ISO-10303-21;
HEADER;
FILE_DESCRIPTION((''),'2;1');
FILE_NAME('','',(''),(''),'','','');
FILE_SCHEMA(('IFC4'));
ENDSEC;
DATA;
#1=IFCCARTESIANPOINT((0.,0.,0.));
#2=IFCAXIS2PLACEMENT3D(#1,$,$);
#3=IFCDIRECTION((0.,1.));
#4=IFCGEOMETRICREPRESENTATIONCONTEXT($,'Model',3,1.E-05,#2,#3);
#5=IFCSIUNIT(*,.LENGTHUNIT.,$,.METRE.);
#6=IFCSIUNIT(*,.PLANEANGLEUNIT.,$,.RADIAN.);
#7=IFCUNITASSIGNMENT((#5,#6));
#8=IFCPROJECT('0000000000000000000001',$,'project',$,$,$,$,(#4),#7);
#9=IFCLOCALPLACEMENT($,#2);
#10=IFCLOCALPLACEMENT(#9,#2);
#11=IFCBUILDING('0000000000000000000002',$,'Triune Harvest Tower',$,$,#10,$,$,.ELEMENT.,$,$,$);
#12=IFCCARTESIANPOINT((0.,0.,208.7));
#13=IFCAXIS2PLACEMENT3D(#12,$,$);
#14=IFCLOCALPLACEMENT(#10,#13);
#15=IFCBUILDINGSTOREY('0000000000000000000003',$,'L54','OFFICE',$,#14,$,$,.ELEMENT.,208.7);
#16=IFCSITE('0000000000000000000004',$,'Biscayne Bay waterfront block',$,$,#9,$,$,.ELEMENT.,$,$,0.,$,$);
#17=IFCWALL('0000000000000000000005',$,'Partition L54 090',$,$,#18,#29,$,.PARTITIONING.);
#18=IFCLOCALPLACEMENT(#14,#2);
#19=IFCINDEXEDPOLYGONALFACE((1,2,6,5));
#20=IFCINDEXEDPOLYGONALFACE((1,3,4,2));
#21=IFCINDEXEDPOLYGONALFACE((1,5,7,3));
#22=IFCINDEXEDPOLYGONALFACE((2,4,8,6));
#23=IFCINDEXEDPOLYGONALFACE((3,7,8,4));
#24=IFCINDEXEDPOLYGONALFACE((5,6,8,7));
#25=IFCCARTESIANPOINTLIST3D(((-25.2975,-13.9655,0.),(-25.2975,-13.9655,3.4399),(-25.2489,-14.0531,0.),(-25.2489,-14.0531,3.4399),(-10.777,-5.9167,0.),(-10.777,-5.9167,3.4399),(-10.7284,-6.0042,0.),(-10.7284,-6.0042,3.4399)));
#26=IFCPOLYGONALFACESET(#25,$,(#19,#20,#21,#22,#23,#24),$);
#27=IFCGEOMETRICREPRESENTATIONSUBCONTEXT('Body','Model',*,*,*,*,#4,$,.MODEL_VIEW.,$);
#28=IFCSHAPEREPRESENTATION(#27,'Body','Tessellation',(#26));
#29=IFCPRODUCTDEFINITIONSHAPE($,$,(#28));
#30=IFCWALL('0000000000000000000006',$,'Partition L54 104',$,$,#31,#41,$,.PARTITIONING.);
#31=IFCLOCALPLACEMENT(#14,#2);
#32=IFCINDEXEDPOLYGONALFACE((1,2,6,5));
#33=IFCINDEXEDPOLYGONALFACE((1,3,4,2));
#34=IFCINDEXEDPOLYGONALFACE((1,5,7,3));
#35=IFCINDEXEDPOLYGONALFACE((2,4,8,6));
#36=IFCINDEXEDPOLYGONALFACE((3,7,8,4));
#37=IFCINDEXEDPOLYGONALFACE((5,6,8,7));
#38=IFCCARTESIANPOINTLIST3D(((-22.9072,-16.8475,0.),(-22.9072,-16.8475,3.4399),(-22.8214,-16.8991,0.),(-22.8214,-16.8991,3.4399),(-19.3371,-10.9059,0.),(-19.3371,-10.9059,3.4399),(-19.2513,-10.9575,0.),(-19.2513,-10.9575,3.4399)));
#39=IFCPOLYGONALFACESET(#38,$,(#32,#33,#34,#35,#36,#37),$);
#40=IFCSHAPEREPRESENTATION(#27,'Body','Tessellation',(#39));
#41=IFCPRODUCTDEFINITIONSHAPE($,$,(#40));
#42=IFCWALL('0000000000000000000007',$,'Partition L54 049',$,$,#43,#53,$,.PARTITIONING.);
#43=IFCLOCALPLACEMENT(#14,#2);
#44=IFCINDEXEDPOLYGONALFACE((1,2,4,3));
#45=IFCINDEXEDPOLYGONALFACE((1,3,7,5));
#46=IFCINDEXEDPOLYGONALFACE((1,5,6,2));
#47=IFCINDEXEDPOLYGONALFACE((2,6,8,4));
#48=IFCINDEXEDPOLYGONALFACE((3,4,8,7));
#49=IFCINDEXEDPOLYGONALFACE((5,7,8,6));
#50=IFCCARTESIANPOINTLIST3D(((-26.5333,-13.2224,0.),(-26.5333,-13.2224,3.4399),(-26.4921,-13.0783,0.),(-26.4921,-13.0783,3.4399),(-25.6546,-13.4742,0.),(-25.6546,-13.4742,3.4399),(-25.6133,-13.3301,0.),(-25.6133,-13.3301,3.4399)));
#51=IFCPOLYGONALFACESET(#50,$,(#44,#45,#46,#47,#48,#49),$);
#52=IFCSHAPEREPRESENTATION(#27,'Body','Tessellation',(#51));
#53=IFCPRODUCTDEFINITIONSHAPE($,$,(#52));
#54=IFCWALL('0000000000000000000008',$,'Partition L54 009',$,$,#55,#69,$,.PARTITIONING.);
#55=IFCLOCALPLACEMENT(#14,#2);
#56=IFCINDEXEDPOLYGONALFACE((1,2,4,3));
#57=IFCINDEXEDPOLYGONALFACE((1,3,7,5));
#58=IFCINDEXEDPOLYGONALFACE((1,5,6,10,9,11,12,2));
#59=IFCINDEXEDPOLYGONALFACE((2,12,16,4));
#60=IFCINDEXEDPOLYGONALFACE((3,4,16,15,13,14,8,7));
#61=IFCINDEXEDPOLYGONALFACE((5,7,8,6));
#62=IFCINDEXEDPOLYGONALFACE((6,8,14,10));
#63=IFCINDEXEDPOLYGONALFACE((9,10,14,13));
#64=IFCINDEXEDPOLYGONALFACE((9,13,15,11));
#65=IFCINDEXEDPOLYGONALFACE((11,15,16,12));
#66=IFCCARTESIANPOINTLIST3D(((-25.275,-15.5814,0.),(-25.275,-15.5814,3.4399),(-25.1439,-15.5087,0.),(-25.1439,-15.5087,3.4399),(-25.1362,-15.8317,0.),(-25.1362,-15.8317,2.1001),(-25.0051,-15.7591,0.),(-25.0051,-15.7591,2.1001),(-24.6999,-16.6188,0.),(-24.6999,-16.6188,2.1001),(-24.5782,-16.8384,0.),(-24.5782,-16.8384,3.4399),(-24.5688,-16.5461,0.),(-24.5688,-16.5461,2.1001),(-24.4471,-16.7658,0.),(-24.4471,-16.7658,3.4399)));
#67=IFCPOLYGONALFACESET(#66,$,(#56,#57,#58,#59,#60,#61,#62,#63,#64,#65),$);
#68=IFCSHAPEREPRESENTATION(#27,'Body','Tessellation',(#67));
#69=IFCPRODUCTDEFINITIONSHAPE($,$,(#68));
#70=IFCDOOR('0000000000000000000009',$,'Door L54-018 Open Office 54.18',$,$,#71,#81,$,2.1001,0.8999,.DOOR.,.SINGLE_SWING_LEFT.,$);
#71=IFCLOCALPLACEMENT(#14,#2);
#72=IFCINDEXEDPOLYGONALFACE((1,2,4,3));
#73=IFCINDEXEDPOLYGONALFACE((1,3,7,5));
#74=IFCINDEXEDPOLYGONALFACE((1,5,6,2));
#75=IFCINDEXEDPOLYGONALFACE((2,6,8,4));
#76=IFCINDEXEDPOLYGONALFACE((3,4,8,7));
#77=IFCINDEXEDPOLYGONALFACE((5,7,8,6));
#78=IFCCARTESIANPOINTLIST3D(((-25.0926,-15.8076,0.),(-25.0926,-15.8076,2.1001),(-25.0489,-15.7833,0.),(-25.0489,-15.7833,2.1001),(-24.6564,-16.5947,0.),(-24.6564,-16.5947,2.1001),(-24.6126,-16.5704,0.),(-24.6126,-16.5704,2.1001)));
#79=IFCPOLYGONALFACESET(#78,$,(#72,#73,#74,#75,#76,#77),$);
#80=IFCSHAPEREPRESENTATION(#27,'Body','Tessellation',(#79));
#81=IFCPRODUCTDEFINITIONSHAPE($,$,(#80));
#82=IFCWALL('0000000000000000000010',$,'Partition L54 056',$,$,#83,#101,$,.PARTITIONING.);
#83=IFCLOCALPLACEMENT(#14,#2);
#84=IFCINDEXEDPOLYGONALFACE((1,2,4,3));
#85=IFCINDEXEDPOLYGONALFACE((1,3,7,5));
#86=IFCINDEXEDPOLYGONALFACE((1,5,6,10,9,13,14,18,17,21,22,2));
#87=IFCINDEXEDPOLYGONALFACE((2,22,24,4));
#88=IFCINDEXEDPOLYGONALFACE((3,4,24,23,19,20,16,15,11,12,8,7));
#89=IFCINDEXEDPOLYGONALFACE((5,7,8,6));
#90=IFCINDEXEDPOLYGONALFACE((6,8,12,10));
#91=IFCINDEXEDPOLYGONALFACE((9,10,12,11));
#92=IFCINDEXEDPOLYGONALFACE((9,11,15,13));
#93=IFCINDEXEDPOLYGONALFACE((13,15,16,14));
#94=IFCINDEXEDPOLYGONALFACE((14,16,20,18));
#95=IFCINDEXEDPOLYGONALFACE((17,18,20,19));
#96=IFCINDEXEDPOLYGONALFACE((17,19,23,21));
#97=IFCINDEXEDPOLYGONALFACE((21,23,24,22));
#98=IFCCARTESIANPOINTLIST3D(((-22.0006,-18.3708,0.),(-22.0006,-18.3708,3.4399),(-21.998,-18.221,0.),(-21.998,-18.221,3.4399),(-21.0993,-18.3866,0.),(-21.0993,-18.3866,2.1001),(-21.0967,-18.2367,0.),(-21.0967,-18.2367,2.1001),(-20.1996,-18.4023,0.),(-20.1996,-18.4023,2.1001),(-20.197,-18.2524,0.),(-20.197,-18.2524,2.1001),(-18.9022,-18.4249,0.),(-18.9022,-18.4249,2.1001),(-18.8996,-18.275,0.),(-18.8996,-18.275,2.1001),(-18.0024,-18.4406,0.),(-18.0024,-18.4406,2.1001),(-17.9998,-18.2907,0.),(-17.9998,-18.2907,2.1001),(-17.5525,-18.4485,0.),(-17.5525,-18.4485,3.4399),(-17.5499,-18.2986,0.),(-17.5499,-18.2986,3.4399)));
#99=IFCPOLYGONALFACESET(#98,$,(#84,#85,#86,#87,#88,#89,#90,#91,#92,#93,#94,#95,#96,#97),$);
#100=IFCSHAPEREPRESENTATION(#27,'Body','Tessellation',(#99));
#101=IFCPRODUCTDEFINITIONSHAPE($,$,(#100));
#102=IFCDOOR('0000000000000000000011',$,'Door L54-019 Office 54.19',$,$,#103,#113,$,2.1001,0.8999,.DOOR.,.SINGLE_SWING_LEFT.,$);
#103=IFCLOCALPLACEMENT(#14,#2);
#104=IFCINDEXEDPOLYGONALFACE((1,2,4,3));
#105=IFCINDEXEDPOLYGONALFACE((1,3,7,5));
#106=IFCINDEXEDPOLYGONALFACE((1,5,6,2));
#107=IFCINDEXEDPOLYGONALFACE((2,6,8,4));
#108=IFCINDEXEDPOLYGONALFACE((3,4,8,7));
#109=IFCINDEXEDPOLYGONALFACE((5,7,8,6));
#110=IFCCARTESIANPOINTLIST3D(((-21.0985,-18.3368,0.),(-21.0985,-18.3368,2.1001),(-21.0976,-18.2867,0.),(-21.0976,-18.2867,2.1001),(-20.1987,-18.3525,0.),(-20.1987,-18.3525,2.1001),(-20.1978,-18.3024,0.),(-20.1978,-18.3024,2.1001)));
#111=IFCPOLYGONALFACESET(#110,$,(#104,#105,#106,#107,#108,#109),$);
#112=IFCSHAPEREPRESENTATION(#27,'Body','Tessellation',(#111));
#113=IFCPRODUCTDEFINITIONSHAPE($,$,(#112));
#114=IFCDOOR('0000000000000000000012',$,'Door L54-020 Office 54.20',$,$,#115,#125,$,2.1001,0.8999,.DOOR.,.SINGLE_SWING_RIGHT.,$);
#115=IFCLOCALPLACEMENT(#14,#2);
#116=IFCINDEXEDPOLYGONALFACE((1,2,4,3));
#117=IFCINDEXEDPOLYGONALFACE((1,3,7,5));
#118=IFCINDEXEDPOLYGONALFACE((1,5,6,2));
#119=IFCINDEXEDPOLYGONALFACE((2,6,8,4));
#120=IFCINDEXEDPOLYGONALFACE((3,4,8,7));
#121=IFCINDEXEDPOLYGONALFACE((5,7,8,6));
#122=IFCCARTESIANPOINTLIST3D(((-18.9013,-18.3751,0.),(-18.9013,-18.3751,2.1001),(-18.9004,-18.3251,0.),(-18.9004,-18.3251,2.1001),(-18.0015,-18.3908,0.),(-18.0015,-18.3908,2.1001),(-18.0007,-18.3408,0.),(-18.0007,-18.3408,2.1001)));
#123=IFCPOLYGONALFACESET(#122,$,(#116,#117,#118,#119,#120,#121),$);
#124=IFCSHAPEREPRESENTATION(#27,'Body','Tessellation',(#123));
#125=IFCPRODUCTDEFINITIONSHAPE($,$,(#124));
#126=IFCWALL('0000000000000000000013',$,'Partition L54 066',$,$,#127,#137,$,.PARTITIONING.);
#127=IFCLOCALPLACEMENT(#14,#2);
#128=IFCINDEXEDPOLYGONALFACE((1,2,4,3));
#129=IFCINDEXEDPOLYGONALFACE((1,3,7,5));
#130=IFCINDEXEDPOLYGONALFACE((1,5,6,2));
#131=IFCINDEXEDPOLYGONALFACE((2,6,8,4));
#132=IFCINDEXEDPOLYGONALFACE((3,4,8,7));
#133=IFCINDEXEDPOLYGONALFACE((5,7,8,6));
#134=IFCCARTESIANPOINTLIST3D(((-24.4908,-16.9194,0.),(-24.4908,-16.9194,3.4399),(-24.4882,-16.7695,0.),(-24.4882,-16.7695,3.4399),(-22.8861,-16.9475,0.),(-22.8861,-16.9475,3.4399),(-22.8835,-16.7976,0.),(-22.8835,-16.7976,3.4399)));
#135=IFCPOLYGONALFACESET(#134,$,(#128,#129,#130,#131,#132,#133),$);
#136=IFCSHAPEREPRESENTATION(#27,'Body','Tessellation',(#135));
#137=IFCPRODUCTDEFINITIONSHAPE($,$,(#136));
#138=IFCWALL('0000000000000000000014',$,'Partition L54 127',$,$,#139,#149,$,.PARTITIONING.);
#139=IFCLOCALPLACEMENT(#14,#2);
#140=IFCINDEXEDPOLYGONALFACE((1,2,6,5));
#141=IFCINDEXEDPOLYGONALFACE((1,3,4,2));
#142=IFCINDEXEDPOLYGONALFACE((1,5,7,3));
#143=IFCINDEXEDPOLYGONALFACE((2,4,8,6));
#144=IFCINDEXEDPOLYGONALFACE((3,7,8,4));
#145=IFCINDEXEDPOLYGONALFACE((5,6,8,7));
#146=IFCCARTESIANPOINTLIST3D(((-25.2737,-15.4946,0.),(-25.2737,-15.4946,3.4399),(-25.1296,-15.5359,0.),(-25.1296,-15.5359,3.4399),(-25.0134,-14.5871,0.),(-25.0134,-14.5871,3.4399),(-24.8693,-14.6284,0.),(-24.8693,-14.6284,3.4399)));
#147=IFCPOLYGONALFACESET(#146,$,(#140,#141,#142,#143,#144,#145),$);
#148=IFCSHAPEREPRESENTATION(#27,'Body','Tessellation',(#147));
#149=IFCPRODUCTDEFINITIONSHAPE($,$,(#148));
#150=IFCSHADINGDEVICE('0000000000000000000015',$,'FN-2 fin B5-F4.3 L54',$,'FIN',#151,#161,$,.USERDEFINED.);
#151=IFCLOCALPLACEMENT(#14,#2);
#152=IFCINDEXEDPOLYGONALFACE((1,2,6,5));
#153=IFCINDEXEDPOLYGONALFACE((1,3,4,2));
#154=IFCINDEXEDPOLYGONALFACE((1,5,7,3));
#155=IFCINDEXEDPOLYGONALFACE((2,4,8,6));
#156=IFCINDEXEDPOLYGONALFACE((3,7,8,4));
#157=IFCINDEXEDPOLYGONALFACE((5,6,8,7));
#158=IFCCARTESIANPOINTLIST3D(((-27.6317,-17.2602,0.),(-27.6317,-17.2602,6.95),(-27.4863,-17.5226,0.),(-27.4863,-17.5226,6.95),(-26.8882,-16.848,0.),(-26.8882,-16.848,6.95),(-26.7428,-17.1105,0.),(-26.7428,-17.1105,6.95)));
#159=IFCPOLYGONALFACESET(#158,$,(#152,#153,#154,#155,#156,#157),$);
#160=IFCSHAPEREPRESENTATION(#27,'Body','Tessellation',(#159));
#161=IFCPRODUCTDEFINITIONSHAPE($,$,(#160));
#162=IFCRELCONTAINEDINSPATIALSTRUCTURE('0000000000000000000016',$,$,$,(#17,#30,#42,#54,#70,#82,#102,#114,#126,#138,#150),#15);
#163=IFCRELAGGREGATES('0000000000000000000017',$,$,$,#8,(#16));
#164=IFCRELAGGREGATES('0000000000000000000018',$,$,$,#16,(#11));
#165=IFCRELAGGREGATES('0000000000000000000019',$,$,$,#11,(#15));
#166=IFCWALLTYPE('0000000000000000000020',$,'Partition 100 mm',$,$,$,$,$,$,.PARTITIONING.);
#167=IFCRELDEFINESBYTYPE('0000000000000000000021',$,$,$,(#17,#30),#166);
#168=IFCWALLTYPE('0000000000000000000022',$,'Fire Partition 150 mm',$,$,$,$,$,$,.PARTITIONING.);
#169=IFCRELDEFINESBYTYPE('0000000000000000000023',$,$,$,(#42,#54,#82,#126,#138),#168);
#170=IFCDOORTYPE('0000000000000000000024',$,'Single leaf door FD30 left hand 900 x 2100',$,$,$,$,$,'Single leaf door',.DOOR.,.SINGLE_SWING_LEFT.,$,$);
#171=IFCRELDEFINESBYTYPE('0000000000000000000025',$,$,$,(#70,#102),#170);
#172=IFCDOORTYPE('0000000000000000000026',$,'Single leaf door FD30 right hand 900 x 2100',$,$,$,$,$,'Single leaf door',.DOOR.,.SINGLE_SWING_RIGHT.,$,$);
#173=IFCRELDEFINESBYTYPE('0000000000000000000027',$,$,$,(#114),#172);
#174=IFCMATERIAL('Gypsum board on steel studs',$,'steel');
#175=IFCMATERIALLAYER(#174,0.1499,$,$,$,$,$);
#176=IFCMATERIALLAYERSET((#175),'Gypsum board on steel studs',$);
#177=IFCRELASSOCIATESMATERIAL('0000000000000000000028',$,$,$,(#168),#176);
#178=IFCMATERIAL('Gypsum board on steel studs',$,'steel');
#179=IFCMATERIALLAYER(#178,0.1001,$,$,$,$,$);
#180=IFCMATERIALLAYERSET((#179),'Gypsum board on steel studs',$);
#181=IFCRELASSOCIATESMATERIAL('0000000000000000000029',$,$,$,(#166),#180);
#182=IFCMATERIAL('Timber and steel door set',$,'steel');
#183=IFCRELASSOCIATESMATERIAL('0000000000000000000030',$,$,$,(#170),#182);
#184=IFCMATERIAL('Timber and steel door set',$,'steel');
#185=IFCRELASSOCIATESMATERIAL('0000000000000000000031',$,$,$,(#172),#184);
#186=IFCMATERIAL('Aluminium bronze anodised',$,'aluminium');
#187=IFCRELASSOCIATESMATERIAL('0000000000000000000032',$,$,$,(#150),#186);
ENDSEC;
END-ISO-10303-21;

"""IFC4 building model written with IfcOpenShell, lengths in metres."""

from ifc_helpers import new_model, si_unit, direction, frame, frame_2d, origin, origin_2d, place, context, subcontext, project, spatial, rectangle, extrude, source, transform, mapped, material, layer, layer_set, type_object, element, fill, save


model = new_model("IFC4")

# Units and contexts
model_context = context("Model", 3, precision=1e-05, world=origin(), true_north=direction((0.0, 1.0)))
body_context = subcontext(model_context, "Body", "Model", "MODEL_VIEW")
ifc_project = project(units=[si_unit("LENGTHUNIT", "METRE"), si_unit("PLANEANGLEUNIT", "RADIAN")], contexts=[model_context])

# Site, building, storey
site_placement = place(None, origin())
site = spatial("IfcSite", under=ifc_project, at=site_placement, Name="Biscayne Bay waterfront block", CompositionType="ELEMENT", RefElevation=0.0)
building_placement = place(site_placement, origin())
building = spatial("IfcBuilding", under=site, at=building_placement, Name="Triune Harvest Tower", CompositionType="ELEMENT")
storey_placement = place(building_placement, frame((0.0, 0.0, 208.7)))
storey = spatial("IfcBuildingStorey", under=building, at=storey_placement, Name="L54", Description="OFFICE", CompositionType="ELEMENT", Elevation=208.7)

# Walls
ifc_material_1 = material(Name="Gypsum board on steel studs", Category="steel")
ifc_layer_1 = layer(ifc_material_1, 0.1499)
ifc_layer_set_1 = layer_set([ifc_layer_1], Name="Gypsum board on steel studs")
wall_type_1 = type_object("IfcWallType", Name="Fire Partition 150 mm", PredefinedType="PARTITIONING", material=ifc_layer_set_1)
ifc_material_2 = material(Name="Gypsum board on steel studs", Category="steel")
ifc_layer_2 = layer(ifc_material_2, 0.1001)
ifc_layer_set_2 = layer_set([ifc_layer_2], Name="Gypsum board on steel studs")
wall_type_2 = type_object("IfcWallType", Name="Partition 100 mm", PredefinedType="PARTITIONING", material=ifc_layer_set_2)
wall_1_placement = place(storey_placement, frame((-25.2732, -14.0093, 0.0), z_axis=(0.0, 0.0, 1.0), x_axis=(0.87462, 0.484809, 0.0)))
element("IfcWall", 1, at=wall_1_placement, inside=storey, type_object=wall_type_2, Name="Partition L54 090", PredefinedType="PARTITIONING", context=body_context, shape_type="SweptSolid", body=[
    extrude(rectangle(XDim=16.6021, YDim=0.1001, at=frame_2d((8.301, 0.0))), origin(), (0.0, 0.0, 1.0), 3.4399),
])
wall_2_placement = place(storey_placement, frame((-22.8643, -16.8733, 0.0), z_axis=(0.0, 0.0, 1.0), x_axis=(0.515034, 0.85717, 0.0)))
element("IfcWall", 2, at=wall_2_placement, inside=storey, type_object=wall_type_2, Name="Partition L54 104", PredefinedType="PARTITIONING", context=body_context, shape_type="SweptSolid", body=[
    extrude(rectangle(XDim=6.9316, YDim=0.1001, at=frame_2d((3.4658, 0.0))), origin(), (0.0, 0.0, 1.0), 3.4399),
])
shared_shape_1 = source(origin(), body_context, "Body", "SweptSolid", [
    extrude(rectangle(XDim=0.9141, YDim=0.1499, at=frame_2d((0.457, 0.0))), origin(), (0.0, 0.0, 1.0), 3.4399),
])
wall_3_placement = place(storey_placement, frame((-26.5127, -13.1504, 0.0), z_axis=(0.0, 0.0, 1.0), x_axis=(0.961332, -0.275391, 0.0)))
element("IfcWall", 3, at=wall_3_placement, inside=storey, type_object=wall_type_1, Name="Partition L54 049", PredefinedType="PARTITIONING", context=body_context, shape_type="MappedRepresentation", body=[
    mapped(shared_shape_1, transform((0.0, 0.0, 0.0), scale=1.0)),
])

# Wall, opening, door
shared_shape_2 = source(origin(), body_context, "Body", "SweptSolid", [
    extrude(rectangle(XDim=1.4373, YDim=0.1499, at=frame_2d((0.7188, 0.0))), origin(), (0.0, 0.0, 1.0), 3.4399),
])
wall_4_placement = place(storey_placement, frame((-25.2095, -15.5449, 0.0), z_axis=(0.0, 0.0, 1.0), x_axis=(0.484792, -0.87463, 0.0)))
wall_4 = element("IfcWall", 4, at=wall_4_placement, inside=storey, type_object=wall_type_1, Name="Partition L54 009", PredefinedType="PARTITIONING", context=body_context, shape_type="MappedRepresentation", body=[
    mapped(shared_shape_2, transform((0.0, 0.0, 0.0), scale=1.0)),
])
opening_1_placement = place(wall_4_placement, frame((0.2864, 0.0, 0.0)))
opening_1 = element("IfcOpeningElement", 5, at=opening_1_placement, cuts=wall_4, PredefinedType="OPENING", context=body_context, shape_type="SweptSolid", body=[
    extrude(rectangle(XDim=0.8999, YDim=2.1001, at=frame_2d((0.45, 1.05))), frame((0.0, 0.085, 0.0), z_axis=(0.0, -1.0, 0.0), x_axis=(1.0, 0.0, 0.0)), (0.0, 0.0, 1.0), 0.1699),
])
ifc_material_3 = material(Name="Timber and steel door set", Category="steel")
door_type_1 = type_object("IfcDoorType", Name="Single leaf door FD30 left hand 900 x 2100", ElementType="Single leaf door", OperationType="SINGLE_SWING_LEFT", PredefinedType="DOOR", material=ifc_material_3)
door_1_placement = place(opening_1_placement, origin())
door_1 = element("IfcDoor", 6, at=door_1_placement, inside=storey, type_object=door_type_1, Name="Door L54-018 Open Office 54.18", OperationType="SINGLE_SWING_LEFT", OverallHeight=2.1001, OverallWidth=0.8999, PredefinedType="DOOR", context=body_context, shape_type="SweptSolid", body=[
    extrude(rectangle(XDim=0.8999, YDim=2.1001, at=frame_2d((0.45, 1.05))), frame((0.0, 0.0249, 0.0), z_axis=(0.0, -1.0, 0.0), x_axis=(1.0, 0.0, 0.0)), (0.0, 0.0, 1.0), 0.05),
])
fill(opening_1, door_1)

# Wall, openings, doors
shared_shape_3 = source(origin(), body_context, "Body", "SweptSolid", [
    extrude(rectangle(XDim=4.4487, YDim=0.1499, at=frame_2d((2.2244, 0.0))), origin(), (0.0, 0.0, 1.0), 3.4399),
])
wall_5_placement = place(storey_placement, frame((-21.9993, -18.2959, 0.0), z_axis=(0.0, 0.0, 1.0), x_axis=(0.999848, -0.017452, 0.0)))
wall_5 = element("IfcWall", 7, at=wall_5_placement, inside=storey, type_object=wall_type_1, Name="Partition L54 056", PredefinedType="PARTITIONING", context=body_context, shape_type="MappedRepresentation", body=[
    mapped(shared_shape_3, transform((0.0, 0.0, 0.0), scale=1.0)),
])
opening_2_placement = place(wall_5_placement, frame((0.9014, 0.0, 0.0)))
opening_2 = element("IfcOpeningElement", 8, at=opening_2_placement, cuts=wall_5, PredefinedType="OPENING", context=body_context, shape_type="SweptSolid", body=[
    extrude(rectangle(XDim=0.8999, YDim=2.1001, at=frame_2d((0.45, 1.05))), frame((0.0, 0.085, 0.0), z_axis=(0.0, -1.0, 0.0), x_axis=(1.0, 0.0, 0.0)), (0.0, 0.0, 1.0), 0.1699),
])
opening_3_placement = place(wall_5_placement, frame((3.0989, 0.0, 0.0)))
opening_3 = element("IfcOpeningElement", 9, at=opening_3_placement, cuts=wall_5, PredefinedType="OPENING", context=body_context, shape_type="SweptSolid", body=[
    extrude(rectangle(XDim=0.8999, YDim=2.1001, at=frame_2d((0.45, 1.05))), frame((0.0, 0.085, 0.0), z_axis=(0.0, -1.0, 0.0), x_axis=(1.0, 0.0, 0.0)), (0.0, 0.0, 1.0), 0.1699),
])
door_2_placement = place(opening_2_placement, origin())
door_2 = element("IfcDoor", 10, at=door_2_placement, inside=storey, type_object=door_type_1, Name="Door L54-019 Office 54.19", OperationType="SINGLE_SWING_LEFT", OverallHeight=2.1001, OverallWidth=0.8999, PredefinedType="DOOR", context=body_context, shape_type="SweptSolid", body=[
    extrude(rectangle(XDim=0.8999, YDim=2.1001, at=frame_2d((0.45, 1.05))), frame((0.0, 0.0249, 0.0), z_axis=(0.0, -1.0, 0.0), x_axis=(1.0, 0.0, 0.0)), (0.0, 0.0, 1.0), 0.05),
])
fill(opening_2, door_2)
ifc_material_4 = material(Name="Timber and steel door set", Category="steel")
door_type_2 = type_object("IfcDoorType", Name="Single leaf door FD30 right hand 900 x 2100", ElementType="Single leaf door", OperationType="SINGLE_SWING_RIGHT", PredefinedType="DOOR", material=ifc_material_4)
door_3_placement = place(opening_3_placement, origin())
door_3 = element("IfcDoor", 11, at=door_3_placement, inside=storey, type_object=door_type_2, Name="Door L54-020 Office 54.20", OperationType="SINGLE_SWING_RIGHT", OverallHeight=2.1001, OverallWidth=0.8999, PredefinedType="DOOR", context=body_context, shape_type="SweptSolid", body=[
    extrude(rectangle(XDim=0.8999, YDim=2.1001, at=frame_2d((0.45, 1.05))), frame((0.0, 0.0249, 0.0), z_axis=(0.0, -1.0, 0.0), x_axis=(1.0, 0.0, 0.0)), (0.0, 0.0, 1.0), 0.05),
])
fill(opening_3, door_3)

# Walls
shared_shape_4 = source(origin(), body_context, "Body", "SweptSolid", [
    extrude(rectangle(XDim=1.605, YDim=0.1499, at=frame_2d((0.8025, 0.0))), origin(), (0.0, 0.0, 1.0), 3.4399),
])
wall_6_placement = place(storey_placement, frame((-24.4895, -16.8445, 0.0), z_axis=(0.0, 0.0, 1.0), x_axis=(0.999847, -0.017493, 0.0)))
element("IfcWall", 12, at=wall_6_placement, inside=storey, type_object=wall_type_1, Name="Partition L54 066", PredefinedType="PARTITIONING", context=body_context, shape_type="MappedRepresentation", body=[
    mapped(shared_shape_4, transform((0.0, 0.0, 0.0), scale=1.0)),
])
shared_shape_5 = source(origin(), body_context, "Body", "SweptSolid", [
    extrude(rectangle(XDim=0.9441, YDim=0.1499, at=frame_2d((0.4722, 0.0))), origin(), (0.0, 0.0, 1.0), 3.4399),
])
wall_7_placement = place(storey_placement, frame((-25.2017, -15.5154, 0.0), z_axis=(0.0, 0.0, 1.0), x_axis=(0.275677, 0.96125, 0.0)))
element("IfcWall", 13, at=wall_7_placement, inside=storey, type_object=wall_type_1, Name="Partition L54 127", PredefinedType="PARTITIONING", context=body_context, shape_type="MappedRepresentation", body=[
    mapped(shared_shape_5, transform((0.0, 0.0, 0.0), scale=1.0)),
])

# Shading device
ifc_material_5 = material(Name="Aluminium bronze anodised", Category="aluminium")
shared_shape_6 = source(origin(), body_context, "Body", "SweptSolid", [
    extrude(rectangle(XDim=0.3, YDim=0.8501, at=origin_2d()), origin(), (0.0, 0.0, 1.0), 6.95),
])
shading_device_placement = place(storey_placement, frame((-27.1873, -17.1853, 0.0), z_axis=(0.0, 0.0, 1.0), x_axis=(0.484802, -0.874624, 0.0)))
element("IfcShadingDevice", 14, at=shading_device_placement, inside=storey, material=ifc_material_5, Name="FN-2 fin B5-F4.3 L54", ObjectType="FIN", PredefinedType="USERDEFINED", context=body_context, shape_type="MappedRepresentation", body=[
    mapped(shared_shape_6, transform((0.0, 0.0, 0.0), scale=1.0)),
])

save(model, "model.ifc")
